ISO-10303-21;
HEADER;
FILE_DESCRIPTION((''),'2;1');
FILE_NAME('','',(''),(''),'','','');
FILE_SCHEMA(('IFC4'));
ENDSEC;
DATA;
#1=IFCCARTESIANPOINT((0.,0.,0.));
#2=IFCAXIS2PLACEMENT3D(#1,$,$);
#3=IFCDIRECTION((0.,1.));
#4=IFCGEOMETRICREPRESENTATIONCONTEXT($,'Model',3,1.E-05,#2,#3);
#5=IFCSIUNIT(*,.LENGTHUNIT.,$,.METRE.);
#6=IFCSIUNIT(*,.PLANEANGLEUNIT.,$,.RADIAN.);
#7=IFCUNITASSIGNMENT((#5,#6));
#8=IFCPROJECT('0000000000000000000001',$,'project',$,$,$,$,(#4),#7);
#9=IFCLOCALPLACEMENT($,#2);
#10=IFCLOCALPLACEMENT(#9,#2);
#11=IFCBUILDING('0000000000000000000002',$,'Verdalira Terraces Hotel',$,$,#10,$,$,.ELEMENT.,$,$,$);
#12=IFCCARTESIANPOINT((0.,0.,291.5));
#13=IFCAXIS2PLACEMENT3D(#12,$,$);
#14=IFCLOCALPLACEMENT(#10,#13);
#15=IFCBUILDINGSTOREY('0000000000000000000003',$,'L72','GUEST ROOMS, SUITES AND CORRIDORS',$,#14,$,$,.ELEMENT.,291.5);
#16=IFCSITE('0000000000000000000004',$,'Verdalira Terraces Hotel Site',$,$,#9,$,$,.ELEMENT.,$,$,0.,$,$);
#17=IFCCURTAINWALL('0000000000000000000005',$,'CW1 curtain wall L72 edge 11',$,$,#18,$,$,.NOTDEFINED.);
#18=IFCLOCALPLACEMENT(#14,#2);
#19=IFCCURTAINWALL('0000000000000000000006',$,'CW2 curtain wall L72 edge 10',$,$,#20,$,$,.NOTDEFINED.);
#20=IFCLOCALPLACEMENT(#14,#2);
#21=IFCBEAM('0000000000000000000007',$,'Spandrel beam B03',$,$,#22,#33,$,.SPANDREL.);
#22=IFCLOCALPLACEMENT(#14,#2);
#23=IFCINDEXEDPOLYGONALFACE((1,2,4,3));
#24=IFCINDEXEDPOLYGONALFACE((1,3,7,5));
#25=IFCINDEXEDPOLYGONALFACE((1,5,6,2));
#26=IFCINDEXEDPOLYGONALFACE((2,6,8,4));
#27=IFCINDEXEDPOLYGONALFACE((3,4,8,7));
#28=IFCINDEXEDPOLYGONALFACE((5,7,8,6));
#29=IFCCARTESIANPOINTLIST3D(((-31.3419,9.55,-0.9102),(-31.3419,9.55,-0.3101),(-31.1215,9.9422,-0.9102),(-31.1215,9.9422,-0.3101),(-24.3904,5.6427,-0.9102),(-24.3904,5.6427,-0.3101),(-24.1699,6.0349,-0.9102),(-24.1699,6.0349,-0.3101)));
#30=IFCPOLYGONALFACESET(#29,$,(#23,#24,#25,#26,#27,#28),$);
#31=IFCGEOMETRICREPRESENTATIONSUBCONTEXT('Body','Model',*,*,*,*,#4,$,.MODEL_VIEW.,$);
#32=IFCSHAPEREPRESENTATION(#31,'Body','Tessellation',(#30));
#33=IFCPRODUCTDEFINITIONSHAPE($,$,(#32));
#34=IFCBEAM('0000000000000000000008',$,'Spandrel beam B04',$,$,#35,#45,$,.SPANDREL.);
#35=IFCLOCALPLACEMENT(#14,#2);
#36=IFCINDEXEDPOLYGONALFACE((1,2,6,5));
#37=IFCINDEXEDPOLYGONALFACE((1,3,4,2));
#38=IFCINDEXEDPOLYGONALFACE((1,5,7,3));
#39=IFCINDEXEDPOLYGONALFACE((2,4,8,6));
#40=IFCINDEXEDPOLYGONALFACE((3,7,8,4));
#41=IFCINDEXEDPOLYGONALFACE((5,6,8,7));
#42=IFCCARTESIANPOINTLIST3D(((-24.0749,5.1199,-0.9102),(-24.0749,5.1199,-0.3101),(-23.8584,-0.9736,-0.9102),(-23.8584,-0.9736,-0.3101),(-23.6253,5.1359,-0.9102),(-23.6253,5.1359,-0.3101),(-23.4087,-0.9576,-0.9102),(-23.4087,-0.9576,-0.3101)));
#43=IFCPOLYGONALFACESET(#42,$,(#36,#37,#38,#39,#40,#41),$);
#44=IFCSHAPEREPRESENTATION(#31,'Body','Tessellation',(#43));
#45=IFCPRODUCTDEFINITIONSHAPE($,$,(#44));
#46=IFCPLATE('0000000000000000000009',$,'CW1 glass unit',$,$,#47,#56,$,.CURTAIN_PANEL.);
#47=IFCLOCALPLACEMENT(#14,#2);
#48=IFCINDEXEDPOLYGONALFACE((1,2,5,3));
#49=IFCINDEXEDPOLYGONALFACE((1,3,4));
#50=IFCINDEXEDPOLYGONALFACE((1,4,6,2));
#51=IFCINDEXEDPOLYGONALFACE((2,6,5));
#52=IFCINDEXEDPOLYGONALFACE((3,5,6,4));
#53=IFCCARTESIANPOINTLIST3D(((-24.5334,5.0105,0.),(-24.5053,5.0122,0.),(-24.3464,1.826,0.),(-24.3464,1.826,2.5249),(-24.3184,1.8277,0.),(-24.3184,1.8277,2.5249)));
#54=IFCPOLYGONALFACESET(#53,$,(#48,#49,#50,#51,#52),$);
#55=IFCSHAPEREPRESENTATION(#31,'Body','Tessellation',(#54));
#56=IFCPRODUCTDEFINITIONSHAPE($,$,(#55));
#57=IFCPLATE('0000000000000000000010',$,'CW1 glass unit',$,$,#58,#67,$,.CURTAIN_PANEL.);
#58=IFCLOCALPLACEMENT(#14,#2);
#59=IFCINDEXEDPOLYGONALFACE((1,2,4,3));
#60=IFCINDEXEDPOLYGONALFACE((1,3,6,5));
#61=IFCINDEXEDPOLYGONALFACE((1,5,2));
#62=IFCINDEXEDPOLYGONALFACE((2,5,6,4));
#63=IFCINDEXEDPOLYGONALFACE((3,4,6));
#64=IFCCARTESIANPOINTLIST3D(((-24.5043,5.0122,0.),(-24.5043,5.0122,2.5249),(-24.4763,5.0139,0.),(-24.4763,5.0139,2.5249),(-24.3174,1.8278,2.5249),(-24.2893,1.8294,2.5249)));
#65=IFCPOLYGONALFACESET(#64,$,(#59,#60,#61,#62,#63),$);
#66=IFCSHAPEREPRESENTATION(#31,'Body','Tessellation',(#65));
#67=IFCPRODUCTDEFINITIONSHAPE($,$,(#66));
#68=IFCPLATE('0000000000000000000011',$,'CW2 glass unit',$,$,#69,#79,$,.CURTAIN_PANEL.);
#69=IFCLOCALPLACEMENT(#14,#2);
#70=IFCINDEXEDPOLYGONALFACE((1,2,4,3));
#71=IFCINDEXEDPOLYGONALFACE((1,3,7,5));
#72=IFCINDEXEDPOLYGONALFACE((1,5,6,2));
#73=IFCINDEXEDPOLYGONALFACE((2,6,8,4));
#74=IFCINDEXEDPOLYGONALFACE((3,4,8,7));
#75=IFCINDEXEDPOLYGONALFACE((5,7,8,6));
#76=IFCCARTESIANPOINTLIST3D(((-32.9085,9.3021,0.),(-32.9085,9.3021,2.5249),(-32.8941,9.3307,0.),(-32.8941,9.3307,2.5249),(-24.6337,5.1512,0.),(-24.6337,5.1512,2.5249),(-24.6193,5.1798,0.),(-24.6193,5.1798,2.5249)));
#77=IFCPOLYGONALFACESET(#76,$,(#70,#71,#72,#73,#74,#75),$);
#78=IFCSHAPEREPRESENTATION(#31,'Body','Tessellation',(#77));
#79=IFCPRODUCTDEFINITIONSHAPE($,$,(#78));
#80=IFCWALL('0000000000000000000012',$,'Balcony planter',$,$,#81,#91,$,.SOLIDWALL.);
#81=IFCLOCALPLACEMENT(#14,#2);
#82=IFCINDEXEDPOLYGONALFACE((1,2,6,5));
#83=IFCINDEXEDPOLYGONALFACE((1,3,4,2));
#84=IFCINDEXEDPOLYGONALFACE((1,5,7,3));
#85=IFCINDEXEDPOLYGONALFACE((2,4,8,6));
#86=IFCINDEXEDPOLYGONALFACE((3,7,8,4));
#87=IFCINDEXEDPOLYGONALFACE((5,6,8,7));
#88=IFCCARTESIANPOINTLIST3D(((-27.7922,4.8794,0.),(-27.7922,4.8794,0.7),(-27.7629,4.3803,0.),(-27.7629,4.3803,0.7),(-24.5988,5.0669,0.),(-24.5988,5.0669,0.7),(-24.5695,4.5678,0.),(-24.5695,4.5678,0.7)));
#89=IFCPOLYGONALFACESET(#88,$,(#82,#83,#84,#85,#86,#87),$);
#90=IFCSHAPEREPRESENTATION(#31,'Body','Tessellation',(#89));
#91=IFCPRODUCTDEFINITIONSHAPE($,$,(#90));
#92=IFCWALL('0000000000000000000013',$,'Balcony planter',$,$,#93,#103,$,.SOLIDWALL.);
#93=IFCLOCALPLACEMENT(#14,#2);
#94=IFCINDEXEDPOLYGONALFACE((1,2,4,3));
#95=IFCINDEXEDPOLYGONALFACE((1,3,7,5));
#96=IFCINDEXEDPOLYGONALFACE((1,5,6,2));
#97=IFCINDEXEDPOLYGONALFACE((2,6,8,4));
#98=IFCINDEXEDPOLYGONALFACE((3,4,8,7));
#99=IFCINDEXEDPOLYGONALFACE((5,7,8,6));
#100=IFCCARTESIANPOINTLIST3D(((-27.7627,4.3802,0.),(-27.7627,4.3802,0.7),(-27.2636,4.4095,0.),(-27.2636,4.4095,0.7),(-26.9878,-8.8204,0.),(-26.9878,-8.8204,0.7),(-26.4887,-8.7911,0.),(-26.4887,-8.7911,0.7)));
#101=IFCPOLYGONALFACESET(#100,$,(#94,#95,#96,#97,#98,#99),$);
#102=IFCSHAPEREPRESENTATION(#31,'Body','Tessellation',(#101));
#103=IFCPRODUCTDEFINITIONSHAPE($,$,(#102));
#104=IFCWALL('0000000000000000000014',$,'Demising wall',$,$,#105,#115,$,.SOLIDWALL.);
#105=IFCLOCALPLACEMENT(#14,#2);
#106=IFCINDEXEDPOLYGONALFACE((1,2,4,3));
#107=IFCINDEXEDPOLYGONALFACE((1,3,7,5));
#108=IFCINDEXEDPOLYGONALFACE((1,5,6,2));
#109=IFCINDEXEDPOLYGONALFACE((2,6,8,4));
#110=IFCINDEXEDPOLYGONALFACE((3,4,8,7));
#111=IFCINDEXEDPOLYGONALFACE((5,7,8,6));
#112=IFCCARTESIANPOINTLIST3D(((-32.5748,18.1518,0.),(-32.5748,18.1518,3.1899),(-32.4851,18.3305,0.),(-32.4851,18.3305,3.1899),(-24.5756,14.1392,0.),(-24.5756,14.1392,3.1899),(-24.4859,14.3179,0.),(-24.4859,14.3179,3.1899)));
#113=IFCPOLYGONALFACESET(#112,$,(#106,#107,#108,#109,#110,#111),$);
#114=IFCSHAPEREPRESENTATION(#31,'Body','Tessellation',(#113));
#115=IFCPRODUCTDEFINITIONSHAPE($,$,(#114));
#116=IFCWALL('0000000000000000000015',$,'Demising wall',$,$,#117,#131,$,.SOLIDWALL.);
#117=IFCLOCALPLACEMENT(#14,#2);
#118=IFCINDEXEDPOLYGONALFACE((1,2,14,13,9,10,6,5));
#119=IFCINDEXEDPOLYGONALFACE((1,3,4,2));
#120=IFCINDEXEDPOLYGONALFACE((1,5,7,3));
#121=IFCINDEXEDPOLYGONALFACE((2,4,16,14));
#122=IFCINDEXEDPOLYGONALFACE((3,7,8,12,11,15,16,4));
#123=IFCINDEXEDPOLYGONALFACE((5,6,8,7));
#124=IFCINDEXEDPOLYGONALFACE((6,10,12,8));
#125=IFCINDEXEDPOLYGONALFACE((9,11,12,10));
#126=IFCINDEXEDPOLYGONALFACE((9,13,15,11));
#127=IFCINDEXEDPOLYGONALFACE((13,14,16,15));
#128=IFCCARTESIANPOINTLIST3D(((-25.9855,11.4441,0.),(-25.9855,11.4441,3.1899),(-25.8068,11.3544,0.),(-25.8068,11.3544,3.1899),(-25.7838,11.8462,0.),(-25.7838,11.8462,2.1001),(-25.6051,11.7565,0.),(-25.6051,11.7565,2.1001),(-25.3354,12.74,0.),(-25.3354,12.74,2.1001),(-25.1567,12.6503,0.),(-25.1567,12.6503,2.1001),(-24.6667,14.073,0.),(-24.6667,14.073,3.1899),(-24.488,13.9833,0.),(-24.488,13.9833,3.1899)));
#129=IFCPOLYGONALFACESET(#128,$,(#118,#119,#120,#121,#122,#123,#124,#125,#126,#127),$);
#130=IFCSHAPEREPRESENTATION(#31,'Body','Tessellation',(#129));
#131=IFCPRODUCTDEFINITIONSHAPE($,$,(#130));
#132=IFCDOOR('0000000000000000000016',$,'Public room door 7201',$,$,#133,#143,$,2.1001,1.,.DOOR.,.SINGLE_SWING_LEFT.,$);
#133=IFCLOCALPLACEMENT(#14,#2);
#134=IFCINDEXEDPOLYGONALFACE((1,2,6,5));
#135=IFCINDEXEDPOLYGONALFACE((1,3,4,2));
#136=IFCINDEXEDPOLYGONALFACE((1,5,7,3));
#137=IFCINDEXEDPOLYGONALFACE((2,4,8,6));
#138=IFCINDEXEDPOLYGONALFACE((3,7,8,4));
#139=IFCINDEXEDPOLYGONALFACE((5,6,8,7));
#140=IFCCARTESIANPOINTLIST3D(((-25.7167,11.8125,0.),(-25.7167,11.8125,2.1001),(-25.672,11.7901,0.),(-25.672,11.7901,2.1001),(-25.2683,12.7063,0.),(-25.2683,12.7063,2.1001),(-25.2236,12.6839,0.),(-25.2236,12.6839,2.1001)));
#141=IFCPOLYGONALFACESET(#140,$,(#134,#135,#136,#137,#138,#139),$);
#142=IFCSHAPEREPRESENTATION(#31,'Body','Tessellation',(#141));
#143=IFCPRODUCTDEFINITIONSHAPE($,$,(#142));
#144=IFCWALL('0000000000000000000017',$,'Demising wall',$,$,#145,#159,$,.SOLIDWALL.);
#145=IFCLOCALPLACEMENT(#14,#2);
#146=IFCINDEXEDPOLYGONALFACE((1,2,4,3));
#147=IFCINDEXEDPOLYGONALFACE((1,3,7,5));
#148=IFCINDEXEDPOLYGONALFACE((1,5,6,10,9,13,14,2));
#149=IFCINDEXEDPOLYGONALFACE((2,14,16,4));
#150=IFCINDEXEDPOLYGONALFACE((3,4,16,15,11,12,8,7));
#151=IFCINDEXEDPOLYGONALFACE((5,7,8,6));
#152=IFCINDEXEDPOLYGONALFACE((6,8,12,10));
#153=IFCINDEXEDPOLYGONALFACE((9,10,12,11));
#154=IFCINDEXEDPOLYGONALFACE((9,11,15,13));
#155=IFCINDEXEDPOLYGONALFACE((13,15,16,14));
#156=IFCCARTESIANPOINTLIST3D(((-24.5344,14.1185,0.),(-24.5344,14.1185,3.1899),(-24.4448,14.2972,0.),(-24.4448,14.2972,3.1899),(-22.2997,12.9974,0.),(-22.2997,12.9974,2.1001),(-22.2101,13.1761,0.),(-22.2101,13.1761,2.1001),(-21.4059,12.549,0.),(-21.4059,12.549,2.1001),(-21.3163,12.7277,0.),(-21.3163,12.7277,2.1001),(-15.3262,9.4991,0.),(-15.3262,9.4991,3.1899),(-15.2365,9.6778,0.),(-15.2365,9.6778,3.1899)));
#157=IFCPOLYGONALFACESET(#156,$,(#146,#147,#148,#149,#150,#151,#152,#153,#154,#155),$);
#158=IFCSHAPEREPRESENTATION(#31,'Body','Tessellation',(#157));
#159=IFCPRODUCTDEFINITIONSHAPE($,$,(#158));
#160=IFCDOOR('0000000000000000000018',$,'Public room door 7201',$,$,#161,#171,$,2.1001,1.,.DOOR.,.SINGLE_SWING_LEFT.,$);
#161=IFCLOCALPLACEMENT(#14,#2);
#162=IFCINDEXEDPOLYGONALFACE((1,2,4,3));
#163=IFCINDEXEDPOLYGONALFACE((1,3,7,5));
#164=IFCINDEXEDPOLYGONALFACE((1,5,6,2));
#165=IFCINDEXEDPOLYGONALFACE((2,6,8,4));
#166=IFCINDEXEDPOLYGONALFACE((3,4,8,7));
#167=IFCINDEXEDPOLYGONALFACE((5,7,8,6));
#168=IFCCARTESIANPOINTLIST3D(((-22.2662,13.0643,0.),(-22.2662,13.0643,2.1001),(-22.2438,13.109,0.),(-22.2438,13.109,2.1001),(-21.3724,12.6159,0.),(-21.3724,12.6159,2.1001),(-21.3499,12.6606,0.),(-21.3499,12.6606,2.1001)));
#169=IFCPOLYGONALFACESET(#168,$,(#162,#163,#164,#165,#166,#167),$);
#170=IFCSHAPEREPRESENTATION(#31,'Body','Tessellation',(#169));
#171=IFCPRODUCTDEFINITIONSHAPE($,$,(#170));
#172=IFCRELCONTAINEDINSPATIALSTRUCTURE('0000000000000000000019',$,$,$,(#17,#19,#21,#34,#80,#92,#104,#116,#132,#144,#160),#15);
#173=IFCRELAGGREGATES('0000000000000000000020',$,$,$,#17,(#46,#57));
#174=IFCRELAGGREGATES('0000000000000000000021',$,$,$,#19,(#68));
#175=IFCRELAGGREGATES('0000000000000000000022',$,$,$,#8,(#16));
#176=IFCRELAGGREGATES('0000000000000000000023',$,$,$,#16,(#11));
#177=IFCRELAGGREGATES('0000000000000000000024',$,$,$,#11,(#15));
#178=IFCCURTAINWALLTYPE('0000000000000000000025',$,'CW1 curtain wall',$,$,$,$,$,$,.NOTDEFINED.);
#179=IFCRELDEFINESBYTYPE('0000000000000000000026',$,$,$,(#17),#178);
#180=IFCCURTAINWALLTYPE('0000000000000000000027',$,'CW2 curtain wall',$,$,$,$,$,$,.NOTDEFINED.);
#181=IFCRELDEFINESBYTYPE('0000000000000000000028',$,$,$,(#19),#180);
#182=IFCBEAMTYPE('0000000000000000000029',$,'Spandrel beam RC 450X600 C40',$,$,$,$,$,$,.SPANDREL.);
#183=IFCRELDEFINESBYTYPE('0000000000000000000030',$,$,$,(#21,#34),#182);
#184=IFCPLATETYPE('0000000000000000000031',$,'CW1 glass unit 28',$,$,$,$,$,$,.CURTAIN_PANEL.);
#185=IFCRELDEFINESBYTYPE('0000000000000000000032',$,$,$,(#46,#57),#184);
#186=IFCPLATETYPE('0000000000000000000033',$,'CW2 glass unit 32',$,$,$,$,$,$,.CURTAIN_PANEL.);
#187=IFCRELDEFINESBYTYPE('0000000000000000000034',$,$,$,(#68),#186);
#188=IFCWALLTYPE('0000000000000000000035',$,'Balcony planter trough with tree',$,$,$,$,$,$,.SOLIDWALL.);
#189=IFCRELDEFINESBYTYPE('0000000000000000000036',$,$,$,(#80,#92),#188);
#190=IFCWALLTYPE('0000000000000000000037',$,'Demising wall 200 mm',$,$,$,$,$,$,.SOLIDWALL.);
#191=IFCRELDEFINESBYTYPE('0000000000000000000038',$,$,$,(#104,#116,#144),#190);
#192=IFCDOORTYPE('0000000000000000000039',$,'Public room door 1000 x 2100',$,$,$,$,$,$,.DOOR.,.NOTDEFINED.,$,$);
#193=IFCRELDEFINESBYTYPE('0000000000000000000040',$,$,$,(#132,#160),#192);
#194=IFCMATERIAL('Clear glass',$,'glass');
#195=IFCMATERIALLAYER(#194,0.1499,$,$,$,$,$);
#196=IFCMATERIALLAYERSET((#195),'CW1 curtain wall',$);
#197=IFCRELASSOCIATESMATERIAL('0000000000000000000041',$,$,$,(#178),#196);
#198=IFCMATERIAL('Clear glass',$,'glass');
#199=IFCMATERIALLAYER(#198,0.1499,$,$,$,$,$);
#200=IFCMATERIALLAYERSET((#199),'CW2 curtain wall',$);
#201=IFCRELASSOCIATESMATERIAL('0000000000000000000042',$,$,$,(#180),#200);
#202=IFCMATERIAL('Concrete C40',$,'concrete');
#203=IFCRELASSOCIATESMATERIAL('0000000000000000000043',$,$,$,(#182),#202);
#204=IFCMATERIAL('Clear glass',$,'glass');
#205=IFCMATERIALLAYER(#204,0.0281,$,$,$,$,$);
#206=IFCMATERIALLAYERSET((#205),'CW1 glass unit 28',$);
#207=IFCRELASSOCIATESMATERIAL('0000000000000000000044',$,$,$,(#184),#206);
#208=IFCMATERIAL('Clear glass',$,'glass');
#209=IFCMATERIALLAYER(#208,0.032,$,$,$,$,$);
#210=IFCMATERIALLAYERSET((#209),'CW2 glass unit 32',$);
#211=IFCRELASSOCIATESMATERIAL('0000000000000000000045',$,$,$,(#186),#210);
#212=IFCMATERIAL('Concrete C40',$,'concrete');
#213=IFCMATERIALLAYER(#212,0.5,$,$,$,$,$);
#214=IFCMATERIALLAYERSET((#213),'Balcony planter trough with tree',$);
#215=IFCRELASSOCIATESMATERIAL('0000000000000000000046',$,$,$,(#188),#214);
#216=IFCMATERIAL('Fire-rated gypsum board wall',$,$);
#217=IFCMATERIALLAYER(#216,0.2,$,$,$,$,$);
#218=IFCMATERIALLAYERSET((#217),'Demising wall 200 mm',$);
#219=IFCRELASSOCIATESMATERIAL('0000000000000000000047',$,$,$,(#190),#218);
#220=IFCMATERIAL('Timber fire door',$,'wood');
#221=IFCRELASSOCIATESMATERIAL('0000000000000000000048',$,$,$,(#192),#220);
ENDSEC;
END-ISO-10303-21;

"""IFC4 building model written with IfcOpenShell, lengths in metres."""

from ifc_helpers import new_model, si_unit, direction, frame, frame_2d, origin, origin_2d, place, context, subcontext, project, spatial, polyline, rectangle, outline, extrude, material, layer, layer_set, material_profile, profile_set, type_object, element, fill, aggregate, save


model = new_model("IFC4")

# Units and contexts
model_context = context("Model", 3, precision=1e-05, world=origin(), true_north=direction((0.0, 1.0)))
body_context = subcontext(model_context, "Body", "Model", "MODEL_VIEW")
ifc_project = project(units=[si_unit("LENGTHUNIT", "METRE"), si_unit("PLANEANGLEUNIT", "RADIAN")], contexts=[model_context])

# Site, building, storey
site_placement = place(None, origin())
site = spatial("IfcSite", under=ifc_project, at=site_placement, Name="Verdalira Terraces Hotel Site", CompositionType="ELEMENT", RefElevation=0.0)
building_placement = place(site_placement, origin())
building = spatial("IfcBuilding", under=site, at=building_placement, Name="Verdalira Terraces Hotel", CompositionType="ELEMENT")
storey_placement = place(building_placement, frame((0.0, 0.0, 291.5)))
storey = spatial("IfcBuildingStorey", under=building, at=storey_placement, Name="L72", Description="GUEST ROOMS, SUITES AND CORRIDORS", CompositionType="ELEMENT", Elevation=291.5)

# Curtain walls
ifc_material_1 = material(Name="Clear glass", Category="glass")
ifc_layer_1 = layer(ifc_material_1, 0.1499)
ifc_layer_set_1 = layer_set([ifc_layer_1], Name="CW1 curtain wall")
curtain_wall_type_1 = type_object("IfcCurtainWallType", Name="CW1 curtain wall", PredefinedType="NOTDEFINED", material=ifc_layer_set_1)
curtain_wall_1_placement = place(storey_placement, origin())
curtain_wall_1 = element("IfcCurtainWall", 1, at=curtain_wall_1_placement, inside=storey, type_object=curtain_wall_type_1, Name="CW1 curtain wall L72 edge 11", PredefinedType="NOTDEFINED")
ifc_material_2 = material(Name="Clear glass", Category="glass")
ifc_layer_2 = layer(ifc_material_2, 0.1499)
ifc_layer_set_2 = layer_set([ifc_layer_2], Name="CW2 curtain wall")
curtain_wall_type_2 = type_object("IfcCurtainWallType", Name="CW2 curtain wall", PredefinedType="NOTDEFINED", material=ifc_layer_set_2)
curtain_wall_2_placement = place(storey_placement, origin())
curtain_wall_2 = element("IfcCurtainWall", 2, at=curtain_wall_2_placement, inside=storey, type_object=curtain_wall_type_2, Name="CW2 curtain wall L72 edge 10", PredefinedType="NOTDEFINED")

# Beams
ifc_material_3 = material(Name="Concrete C40", Category="concrete")
ifc_material_profile_1 = material_profile(ifc_material_3, rectangle(XDim=0.45, YDim=0.6001, at=origin_2d()), Name="RC 450X600")
ifc_profile_set_1 = profile_set([ifc_material_profile_1], Name="Concrete C40")
beam_type_1 = type_object("IfcBeamType", Name="Spandrel beam RC 450X600 C40", PredefinedType="SPANDREL", material=ifc_profile_set_1)
beam_1_placement = place(storey_placement, frame((-31.2317, 9.7461, -0.6101), z_axis=(0.871733, -0.489981, 0.0), x_axis=(0.489981, 0.871733, 0.0)))
element("IfcBeam", 3, at=beam_1_placement, inside=storey, type_object=beam_type_1, Name="Spandrel beam B03", PredefinedType="SPANDREL", context=body_context, shape_type="SweptSolid", body=[
    extrude(rectangle(XDim=0.45, YDim=0.6001, at=origin_2d()), origin(), (0.0, 0.0, 1.0), 7.9744),
])
beam_2_placement = place(storey_placement, frame((-23.8501, 5.1279, -0.6101), z_axis=(0.035516, -0.999369, 0.0), x_axis=(0.999369, 0.035516, 0.0)))
element("IfcBeam", 4, at=beam_2_placement, inside=storey, type_object=beam_type_1, Name="Spandrel beam B04", PredefinedType="SPANDREL", context=body_context, shape_type="SweptSolid", body=[
    extrude(rectangle(XDim=0.45, YDim=0.6001, at=origin_2d()), origin(), (0.0, 0.0, 1.0), 6.0974),
])

# Plates
ifc_material_4 = material(Name="Clear glass", Category="glass")
ifc_layer_3 = layer(ifc_material_4, 0.0281)
ifc_layer_set_3 = layer_set([ifc_layer_3], Name="CW1 glass unit 28")
plate_type_1 = type_object("IfcPlateType", Name="CW1 glass unit 28", PredefinedType="CURTAIN_PANEL", material=ifc_layer_set_3)
plate_1_placement = place(storey_placement, frame((-24.4119, 3.4199, 1.2625), z_axis=(-0.998281, -0.058609, 0.0), x_axis=(0.058609, -0.998281, 0.0)))
plate_1 = element("IfcPlate", 5, at=plate_1_placement, type_object=plate_type_1, Name="CW1 glass unit", PredefinedType="CURTAIN_PANEL", context=body_context, shape_type="SweptSolid", body=[
    extrude(outline(polyline([(-1.595, -1.2625), (1.595, -1.2625), (1.595, 1.2625), (-1.595, -1.2625)])), origin(), (0.0, 0.0, 1.0), 0.0281),
])
plate_2_placement = place(storey_placement, frame((-24.3828, 3.4216, 1.2625), z_axis=(-0.998281, -0.058609, 0.0), x_axis=(0.058609, -0.998281, 0.0)))
plate_2 = element("IfcPlate", 6, at=plate_2_placement, type_object=plate_type_1, Name="CW1 glass unit", PredefinedType="CURTAIN_PANEL", context=body_context, shape_type="SweptSolid", body=[
    extrude(outline(polyline([(-1.595, -1.2625), (1.595, 1.2625), (-1.595, 1.2625), (-1.595, -1.2625)])), origin(), (0.0, 0.0, 1.0), 0.0281),
])
aggregate(curtain_wall_1, [plate_1, plate_2])
ifc_material_5 = material(Name="Clear glass", Category="glass")
ifc_layer_4 = layer(ifc_material_5, 0.032)
ifc_layer_set_4 = layer_set([ifc_layer_4], Name="CW2 glass unit 32")
plate_type_2 = type_object("IfcPlateType", Name="CW2 glass unit 32", PredefinedType="CURTAIN_PANEL", material=ifc_layer_set_4)
plate_3_placement = place(storey_placement, frame((-28.7639, 7.241, 0.0), z_axis=(0.0, 0.0, 1.0), x_axis=(0.893841, -0.448383, 0.0)))
plate_3 = element("IfcPlate", 7, at=plate_3_placement, type_object=plate_type_2, Name="CW2 glass unit", PredefinedType="CURTAIN_PANEL", context=body_context, shape_type="SweptSolid", body=[
    extrude(rectangle(XDim=9.2576, YDim=0.032, at=origin_2d()), origin(), (0.0, 0.0, 1.0), 2.5249),
])
aggregate(curtain_wall_2, [plate_3])

# Walls
ifc_material_6 = material(Name="Concrete C40", Category="concrete")
ifc_layer_5 = layer(ifc_material_6, 0.5)
ifc_layer_set_5 = layer_set([ifc_layer_5], Name="Balcony planter trough with tree")
wall_type_1 = type_object("IfcWallType", Name="Balcony planter trough with tree", PredefinedType="SOLIDWALL", material=ifc_layer_set_5)
wall_1_placement = place(storey_placement, frame((-24.584, 4.8174, 0.0), z_axis=(0.0, 0.0, 1.0), x_axis=(-0.998281, -0.058615, 0.0)))
element("IfcWall", 8, at=wall_1_placement, inside=storey, type_object=wall_type_1, Name="Balcony planter", PredefinedType="SOLIDWALL", context=body_context, shape_type="SweptSolid", body=[
    extrude(rectangle(XDim=3.199, YDim=0.5, at=frame_2d((1.5996, 0.0))), origin(), (0.0, 0.0, 1.0), 0.7),
])
wall_2_placement = place(storey_placement, frame((-27.5132, 4.395, 0.0), z_axis=(0.0, 0.0, 1.0), x_axis=(0.058601, -0.998281, 0.0)))
element("IfcWall", 9, at=wall_2_placement, inside=storey, type_object=wall_type_1, Name="Balcony planter", PredefinedType="SOLIDWALL", context=body_context, shape_type="SweptSolid", body=[
    extrude(rectangle(XDim=13.2234, YDim=0.5, at=frame_2d((6.6118, 0.0))), origin(), (0.0, 0.0, 1.0), 0.7),
])
ifc_material_7 = material(Name="Fire-rated gypsum board wall")
ifc_layer_6 = layer(ifc_material_7, 0.2)
ifc_layer_set_6 = layer_set([ifc_layer_6], Name="Demising wall 200 mm")
wall_type_2 = type_object("IfcWallType", Name="Demising wall 200 mm", PredefinedType="SOLIDWALL", material=ifc_layer_set_6)
wall_3_placement = place(storey_placement, frame((-24.5308, 14.2285, 0.0), z_axis=(0.0, 0.0, 1.0), x_axis=(-0.893843, 0.448381, 0.0)))
element("IfcWall", 10, at=wall_3_placement, inside=storey, type_object=wall_type_2, Name="Demising wall", PredefinedType="SOLIDWALL", context=body_context, shape_type="SweptSolid", body=[
    extrude(rectangle(XDim=8.9492, YDim=0.2, at=frame_2d((4.4746, 0.0))), origin(), (0.0, 0.0, 1.0), 3.1899),
])

# Walls, openings, doors
wall_4_placement = place(storey_placement, frame((-25.8962, 11.3992, 0.0), z_axis=(0.0, 0.0, 1.0), x_axis=(0.448409, 0.893829, 0.0)))
wall_4 = element("IfcWall", 11, at=wall_4_placement, inside=storey, type_object=wall_type_2, Name="Demising wall", PredefinedType="SOLIDWALL", context=body_context, shape_type="SweptSolid", body=[
    extrude(rectangle(XDim=2.9412, YDim=0.2, at=frame_2d((1.4707, 0.0))), origin(), (0.0, 0.0, 1.0), 3.1899),
])
opening_1_placement = place(wall_4_placement, frame((0.45, 0.0, 0.0)))
opening_1 = element("IfcOpeningElement", 12, at=opening_1_placement, cuts=wall_4, PredefinedType="OPENING", context=body_context, shape_type="SweptSolid", body=[
    extrude(rectangle(XDim=1.0, YDim=2.1001, at=frame_2d((0.5, 1.05))), frame((0.0, 0.1099, 0.0), z_axis=(0.0, -1.0, 0.0), x_axis=(1.0, 0.0, 0.0)), (0.0, 0.0, 1.0), 0.22),
])
ifc_material_8 = material(Name="Timber fire door", Category="wood")
door_type_1 = type_object("IfcDoorType", Name="Public room door 1000 x 2100", OperationType="NOTDEFINED", PredefinedType="DOOR", material=ifc_material_8)
door_1_placement = place(opening_1_placement, origin())
door_1 = element("IfcDoor", 13, at=door_1_placement, inside=storey, type_object=door_type_1, Name="Public room door 7201", OperationType="SINGLE_SWING_LEFT", OverallHeight=2.1001, OverallWidth=1.0, PredefinedType="DOOR", context=body_context, shape_type="SweptSolid", body=[
    extrude(rectangle(XDim=1.0, YDim=2.1001, at=frame_2d((0.5, 1.05))), frame((0.0, 0.0249, 0.0), z_axis=(0.0, -1.0, 0.0), x_axis=(1.0, 0.0, 0.0)), (0.0, 0.0, 1.0), 0.05),
])
fill(opening_1, door_1)
wall_5_placement = place(storey_placement, frame((-24.4895, 14.2078, 0.0), z_axis=(0.0, 0.0, 1.0), x_axis=(0.893834, -0.448398, 0.0)))
wall_5 = element("IfcWall", 14, at=wall_5_placement, inside=storey, type_object=wall_type_2, Name="Demising wall", PredefinedType="SOLIDWALL", context=body_context, shape_type="SweptSolid", body=[
    extrude(rectangle(XDim=10.302, YDim=0.2, at=frame_2d((5.1509, 0.0))), origin(), (0.0, 0.0, 1.0), 3.1899),
])
opening_2_placement = place(wall_5_placement, frame((2.5, 0.0, 0.0)))
opening_2 = element("IfcOpeningElement", 15, at=opening_2_placement, cuts=wall_5, PredefinedType="OPENING", context=body_context, shape_type="SweptSolid", body=[
    extrude(rectangle(XDim=1.0, YDim=2.1001, at=frame_2d((0.5, 1.05))), frame((0.0, 0.1099, 0.0), z_axis=(0.0, -1.0, 0.0), x_axis=(1.0, 0.0, 0.0)), (0.0, 0.0, 1.0), 0.22),
])
door_2_placement = place(opening_2_placement, origin())
door_2 = element("IfcDoor", 16, at=door_2_placement, inside=storey, type_object=door_type_1, Name="Public room door 7201", OperationType="SINGLE_SWING_LEFT", OverallHeight=2.1001, OverallWidth=1.0, PredefinedType="DOOR", context=body_context, shape_type="SweptSolid", body=[
    extrude(rectangle(XDim=1.0, YDim=2.1001, at=frame_2d((0.5, 1.05))), frame((0.0, 0.0249, 0.0), z_axis=(0.0, -1.0, 0.0), x_axis=(1.0, 0.0, 0.0)), (0.0, 0.0, 1.0), 0.05),
])
fill(opening_2, door_2)

save(model, "model.ifc")
